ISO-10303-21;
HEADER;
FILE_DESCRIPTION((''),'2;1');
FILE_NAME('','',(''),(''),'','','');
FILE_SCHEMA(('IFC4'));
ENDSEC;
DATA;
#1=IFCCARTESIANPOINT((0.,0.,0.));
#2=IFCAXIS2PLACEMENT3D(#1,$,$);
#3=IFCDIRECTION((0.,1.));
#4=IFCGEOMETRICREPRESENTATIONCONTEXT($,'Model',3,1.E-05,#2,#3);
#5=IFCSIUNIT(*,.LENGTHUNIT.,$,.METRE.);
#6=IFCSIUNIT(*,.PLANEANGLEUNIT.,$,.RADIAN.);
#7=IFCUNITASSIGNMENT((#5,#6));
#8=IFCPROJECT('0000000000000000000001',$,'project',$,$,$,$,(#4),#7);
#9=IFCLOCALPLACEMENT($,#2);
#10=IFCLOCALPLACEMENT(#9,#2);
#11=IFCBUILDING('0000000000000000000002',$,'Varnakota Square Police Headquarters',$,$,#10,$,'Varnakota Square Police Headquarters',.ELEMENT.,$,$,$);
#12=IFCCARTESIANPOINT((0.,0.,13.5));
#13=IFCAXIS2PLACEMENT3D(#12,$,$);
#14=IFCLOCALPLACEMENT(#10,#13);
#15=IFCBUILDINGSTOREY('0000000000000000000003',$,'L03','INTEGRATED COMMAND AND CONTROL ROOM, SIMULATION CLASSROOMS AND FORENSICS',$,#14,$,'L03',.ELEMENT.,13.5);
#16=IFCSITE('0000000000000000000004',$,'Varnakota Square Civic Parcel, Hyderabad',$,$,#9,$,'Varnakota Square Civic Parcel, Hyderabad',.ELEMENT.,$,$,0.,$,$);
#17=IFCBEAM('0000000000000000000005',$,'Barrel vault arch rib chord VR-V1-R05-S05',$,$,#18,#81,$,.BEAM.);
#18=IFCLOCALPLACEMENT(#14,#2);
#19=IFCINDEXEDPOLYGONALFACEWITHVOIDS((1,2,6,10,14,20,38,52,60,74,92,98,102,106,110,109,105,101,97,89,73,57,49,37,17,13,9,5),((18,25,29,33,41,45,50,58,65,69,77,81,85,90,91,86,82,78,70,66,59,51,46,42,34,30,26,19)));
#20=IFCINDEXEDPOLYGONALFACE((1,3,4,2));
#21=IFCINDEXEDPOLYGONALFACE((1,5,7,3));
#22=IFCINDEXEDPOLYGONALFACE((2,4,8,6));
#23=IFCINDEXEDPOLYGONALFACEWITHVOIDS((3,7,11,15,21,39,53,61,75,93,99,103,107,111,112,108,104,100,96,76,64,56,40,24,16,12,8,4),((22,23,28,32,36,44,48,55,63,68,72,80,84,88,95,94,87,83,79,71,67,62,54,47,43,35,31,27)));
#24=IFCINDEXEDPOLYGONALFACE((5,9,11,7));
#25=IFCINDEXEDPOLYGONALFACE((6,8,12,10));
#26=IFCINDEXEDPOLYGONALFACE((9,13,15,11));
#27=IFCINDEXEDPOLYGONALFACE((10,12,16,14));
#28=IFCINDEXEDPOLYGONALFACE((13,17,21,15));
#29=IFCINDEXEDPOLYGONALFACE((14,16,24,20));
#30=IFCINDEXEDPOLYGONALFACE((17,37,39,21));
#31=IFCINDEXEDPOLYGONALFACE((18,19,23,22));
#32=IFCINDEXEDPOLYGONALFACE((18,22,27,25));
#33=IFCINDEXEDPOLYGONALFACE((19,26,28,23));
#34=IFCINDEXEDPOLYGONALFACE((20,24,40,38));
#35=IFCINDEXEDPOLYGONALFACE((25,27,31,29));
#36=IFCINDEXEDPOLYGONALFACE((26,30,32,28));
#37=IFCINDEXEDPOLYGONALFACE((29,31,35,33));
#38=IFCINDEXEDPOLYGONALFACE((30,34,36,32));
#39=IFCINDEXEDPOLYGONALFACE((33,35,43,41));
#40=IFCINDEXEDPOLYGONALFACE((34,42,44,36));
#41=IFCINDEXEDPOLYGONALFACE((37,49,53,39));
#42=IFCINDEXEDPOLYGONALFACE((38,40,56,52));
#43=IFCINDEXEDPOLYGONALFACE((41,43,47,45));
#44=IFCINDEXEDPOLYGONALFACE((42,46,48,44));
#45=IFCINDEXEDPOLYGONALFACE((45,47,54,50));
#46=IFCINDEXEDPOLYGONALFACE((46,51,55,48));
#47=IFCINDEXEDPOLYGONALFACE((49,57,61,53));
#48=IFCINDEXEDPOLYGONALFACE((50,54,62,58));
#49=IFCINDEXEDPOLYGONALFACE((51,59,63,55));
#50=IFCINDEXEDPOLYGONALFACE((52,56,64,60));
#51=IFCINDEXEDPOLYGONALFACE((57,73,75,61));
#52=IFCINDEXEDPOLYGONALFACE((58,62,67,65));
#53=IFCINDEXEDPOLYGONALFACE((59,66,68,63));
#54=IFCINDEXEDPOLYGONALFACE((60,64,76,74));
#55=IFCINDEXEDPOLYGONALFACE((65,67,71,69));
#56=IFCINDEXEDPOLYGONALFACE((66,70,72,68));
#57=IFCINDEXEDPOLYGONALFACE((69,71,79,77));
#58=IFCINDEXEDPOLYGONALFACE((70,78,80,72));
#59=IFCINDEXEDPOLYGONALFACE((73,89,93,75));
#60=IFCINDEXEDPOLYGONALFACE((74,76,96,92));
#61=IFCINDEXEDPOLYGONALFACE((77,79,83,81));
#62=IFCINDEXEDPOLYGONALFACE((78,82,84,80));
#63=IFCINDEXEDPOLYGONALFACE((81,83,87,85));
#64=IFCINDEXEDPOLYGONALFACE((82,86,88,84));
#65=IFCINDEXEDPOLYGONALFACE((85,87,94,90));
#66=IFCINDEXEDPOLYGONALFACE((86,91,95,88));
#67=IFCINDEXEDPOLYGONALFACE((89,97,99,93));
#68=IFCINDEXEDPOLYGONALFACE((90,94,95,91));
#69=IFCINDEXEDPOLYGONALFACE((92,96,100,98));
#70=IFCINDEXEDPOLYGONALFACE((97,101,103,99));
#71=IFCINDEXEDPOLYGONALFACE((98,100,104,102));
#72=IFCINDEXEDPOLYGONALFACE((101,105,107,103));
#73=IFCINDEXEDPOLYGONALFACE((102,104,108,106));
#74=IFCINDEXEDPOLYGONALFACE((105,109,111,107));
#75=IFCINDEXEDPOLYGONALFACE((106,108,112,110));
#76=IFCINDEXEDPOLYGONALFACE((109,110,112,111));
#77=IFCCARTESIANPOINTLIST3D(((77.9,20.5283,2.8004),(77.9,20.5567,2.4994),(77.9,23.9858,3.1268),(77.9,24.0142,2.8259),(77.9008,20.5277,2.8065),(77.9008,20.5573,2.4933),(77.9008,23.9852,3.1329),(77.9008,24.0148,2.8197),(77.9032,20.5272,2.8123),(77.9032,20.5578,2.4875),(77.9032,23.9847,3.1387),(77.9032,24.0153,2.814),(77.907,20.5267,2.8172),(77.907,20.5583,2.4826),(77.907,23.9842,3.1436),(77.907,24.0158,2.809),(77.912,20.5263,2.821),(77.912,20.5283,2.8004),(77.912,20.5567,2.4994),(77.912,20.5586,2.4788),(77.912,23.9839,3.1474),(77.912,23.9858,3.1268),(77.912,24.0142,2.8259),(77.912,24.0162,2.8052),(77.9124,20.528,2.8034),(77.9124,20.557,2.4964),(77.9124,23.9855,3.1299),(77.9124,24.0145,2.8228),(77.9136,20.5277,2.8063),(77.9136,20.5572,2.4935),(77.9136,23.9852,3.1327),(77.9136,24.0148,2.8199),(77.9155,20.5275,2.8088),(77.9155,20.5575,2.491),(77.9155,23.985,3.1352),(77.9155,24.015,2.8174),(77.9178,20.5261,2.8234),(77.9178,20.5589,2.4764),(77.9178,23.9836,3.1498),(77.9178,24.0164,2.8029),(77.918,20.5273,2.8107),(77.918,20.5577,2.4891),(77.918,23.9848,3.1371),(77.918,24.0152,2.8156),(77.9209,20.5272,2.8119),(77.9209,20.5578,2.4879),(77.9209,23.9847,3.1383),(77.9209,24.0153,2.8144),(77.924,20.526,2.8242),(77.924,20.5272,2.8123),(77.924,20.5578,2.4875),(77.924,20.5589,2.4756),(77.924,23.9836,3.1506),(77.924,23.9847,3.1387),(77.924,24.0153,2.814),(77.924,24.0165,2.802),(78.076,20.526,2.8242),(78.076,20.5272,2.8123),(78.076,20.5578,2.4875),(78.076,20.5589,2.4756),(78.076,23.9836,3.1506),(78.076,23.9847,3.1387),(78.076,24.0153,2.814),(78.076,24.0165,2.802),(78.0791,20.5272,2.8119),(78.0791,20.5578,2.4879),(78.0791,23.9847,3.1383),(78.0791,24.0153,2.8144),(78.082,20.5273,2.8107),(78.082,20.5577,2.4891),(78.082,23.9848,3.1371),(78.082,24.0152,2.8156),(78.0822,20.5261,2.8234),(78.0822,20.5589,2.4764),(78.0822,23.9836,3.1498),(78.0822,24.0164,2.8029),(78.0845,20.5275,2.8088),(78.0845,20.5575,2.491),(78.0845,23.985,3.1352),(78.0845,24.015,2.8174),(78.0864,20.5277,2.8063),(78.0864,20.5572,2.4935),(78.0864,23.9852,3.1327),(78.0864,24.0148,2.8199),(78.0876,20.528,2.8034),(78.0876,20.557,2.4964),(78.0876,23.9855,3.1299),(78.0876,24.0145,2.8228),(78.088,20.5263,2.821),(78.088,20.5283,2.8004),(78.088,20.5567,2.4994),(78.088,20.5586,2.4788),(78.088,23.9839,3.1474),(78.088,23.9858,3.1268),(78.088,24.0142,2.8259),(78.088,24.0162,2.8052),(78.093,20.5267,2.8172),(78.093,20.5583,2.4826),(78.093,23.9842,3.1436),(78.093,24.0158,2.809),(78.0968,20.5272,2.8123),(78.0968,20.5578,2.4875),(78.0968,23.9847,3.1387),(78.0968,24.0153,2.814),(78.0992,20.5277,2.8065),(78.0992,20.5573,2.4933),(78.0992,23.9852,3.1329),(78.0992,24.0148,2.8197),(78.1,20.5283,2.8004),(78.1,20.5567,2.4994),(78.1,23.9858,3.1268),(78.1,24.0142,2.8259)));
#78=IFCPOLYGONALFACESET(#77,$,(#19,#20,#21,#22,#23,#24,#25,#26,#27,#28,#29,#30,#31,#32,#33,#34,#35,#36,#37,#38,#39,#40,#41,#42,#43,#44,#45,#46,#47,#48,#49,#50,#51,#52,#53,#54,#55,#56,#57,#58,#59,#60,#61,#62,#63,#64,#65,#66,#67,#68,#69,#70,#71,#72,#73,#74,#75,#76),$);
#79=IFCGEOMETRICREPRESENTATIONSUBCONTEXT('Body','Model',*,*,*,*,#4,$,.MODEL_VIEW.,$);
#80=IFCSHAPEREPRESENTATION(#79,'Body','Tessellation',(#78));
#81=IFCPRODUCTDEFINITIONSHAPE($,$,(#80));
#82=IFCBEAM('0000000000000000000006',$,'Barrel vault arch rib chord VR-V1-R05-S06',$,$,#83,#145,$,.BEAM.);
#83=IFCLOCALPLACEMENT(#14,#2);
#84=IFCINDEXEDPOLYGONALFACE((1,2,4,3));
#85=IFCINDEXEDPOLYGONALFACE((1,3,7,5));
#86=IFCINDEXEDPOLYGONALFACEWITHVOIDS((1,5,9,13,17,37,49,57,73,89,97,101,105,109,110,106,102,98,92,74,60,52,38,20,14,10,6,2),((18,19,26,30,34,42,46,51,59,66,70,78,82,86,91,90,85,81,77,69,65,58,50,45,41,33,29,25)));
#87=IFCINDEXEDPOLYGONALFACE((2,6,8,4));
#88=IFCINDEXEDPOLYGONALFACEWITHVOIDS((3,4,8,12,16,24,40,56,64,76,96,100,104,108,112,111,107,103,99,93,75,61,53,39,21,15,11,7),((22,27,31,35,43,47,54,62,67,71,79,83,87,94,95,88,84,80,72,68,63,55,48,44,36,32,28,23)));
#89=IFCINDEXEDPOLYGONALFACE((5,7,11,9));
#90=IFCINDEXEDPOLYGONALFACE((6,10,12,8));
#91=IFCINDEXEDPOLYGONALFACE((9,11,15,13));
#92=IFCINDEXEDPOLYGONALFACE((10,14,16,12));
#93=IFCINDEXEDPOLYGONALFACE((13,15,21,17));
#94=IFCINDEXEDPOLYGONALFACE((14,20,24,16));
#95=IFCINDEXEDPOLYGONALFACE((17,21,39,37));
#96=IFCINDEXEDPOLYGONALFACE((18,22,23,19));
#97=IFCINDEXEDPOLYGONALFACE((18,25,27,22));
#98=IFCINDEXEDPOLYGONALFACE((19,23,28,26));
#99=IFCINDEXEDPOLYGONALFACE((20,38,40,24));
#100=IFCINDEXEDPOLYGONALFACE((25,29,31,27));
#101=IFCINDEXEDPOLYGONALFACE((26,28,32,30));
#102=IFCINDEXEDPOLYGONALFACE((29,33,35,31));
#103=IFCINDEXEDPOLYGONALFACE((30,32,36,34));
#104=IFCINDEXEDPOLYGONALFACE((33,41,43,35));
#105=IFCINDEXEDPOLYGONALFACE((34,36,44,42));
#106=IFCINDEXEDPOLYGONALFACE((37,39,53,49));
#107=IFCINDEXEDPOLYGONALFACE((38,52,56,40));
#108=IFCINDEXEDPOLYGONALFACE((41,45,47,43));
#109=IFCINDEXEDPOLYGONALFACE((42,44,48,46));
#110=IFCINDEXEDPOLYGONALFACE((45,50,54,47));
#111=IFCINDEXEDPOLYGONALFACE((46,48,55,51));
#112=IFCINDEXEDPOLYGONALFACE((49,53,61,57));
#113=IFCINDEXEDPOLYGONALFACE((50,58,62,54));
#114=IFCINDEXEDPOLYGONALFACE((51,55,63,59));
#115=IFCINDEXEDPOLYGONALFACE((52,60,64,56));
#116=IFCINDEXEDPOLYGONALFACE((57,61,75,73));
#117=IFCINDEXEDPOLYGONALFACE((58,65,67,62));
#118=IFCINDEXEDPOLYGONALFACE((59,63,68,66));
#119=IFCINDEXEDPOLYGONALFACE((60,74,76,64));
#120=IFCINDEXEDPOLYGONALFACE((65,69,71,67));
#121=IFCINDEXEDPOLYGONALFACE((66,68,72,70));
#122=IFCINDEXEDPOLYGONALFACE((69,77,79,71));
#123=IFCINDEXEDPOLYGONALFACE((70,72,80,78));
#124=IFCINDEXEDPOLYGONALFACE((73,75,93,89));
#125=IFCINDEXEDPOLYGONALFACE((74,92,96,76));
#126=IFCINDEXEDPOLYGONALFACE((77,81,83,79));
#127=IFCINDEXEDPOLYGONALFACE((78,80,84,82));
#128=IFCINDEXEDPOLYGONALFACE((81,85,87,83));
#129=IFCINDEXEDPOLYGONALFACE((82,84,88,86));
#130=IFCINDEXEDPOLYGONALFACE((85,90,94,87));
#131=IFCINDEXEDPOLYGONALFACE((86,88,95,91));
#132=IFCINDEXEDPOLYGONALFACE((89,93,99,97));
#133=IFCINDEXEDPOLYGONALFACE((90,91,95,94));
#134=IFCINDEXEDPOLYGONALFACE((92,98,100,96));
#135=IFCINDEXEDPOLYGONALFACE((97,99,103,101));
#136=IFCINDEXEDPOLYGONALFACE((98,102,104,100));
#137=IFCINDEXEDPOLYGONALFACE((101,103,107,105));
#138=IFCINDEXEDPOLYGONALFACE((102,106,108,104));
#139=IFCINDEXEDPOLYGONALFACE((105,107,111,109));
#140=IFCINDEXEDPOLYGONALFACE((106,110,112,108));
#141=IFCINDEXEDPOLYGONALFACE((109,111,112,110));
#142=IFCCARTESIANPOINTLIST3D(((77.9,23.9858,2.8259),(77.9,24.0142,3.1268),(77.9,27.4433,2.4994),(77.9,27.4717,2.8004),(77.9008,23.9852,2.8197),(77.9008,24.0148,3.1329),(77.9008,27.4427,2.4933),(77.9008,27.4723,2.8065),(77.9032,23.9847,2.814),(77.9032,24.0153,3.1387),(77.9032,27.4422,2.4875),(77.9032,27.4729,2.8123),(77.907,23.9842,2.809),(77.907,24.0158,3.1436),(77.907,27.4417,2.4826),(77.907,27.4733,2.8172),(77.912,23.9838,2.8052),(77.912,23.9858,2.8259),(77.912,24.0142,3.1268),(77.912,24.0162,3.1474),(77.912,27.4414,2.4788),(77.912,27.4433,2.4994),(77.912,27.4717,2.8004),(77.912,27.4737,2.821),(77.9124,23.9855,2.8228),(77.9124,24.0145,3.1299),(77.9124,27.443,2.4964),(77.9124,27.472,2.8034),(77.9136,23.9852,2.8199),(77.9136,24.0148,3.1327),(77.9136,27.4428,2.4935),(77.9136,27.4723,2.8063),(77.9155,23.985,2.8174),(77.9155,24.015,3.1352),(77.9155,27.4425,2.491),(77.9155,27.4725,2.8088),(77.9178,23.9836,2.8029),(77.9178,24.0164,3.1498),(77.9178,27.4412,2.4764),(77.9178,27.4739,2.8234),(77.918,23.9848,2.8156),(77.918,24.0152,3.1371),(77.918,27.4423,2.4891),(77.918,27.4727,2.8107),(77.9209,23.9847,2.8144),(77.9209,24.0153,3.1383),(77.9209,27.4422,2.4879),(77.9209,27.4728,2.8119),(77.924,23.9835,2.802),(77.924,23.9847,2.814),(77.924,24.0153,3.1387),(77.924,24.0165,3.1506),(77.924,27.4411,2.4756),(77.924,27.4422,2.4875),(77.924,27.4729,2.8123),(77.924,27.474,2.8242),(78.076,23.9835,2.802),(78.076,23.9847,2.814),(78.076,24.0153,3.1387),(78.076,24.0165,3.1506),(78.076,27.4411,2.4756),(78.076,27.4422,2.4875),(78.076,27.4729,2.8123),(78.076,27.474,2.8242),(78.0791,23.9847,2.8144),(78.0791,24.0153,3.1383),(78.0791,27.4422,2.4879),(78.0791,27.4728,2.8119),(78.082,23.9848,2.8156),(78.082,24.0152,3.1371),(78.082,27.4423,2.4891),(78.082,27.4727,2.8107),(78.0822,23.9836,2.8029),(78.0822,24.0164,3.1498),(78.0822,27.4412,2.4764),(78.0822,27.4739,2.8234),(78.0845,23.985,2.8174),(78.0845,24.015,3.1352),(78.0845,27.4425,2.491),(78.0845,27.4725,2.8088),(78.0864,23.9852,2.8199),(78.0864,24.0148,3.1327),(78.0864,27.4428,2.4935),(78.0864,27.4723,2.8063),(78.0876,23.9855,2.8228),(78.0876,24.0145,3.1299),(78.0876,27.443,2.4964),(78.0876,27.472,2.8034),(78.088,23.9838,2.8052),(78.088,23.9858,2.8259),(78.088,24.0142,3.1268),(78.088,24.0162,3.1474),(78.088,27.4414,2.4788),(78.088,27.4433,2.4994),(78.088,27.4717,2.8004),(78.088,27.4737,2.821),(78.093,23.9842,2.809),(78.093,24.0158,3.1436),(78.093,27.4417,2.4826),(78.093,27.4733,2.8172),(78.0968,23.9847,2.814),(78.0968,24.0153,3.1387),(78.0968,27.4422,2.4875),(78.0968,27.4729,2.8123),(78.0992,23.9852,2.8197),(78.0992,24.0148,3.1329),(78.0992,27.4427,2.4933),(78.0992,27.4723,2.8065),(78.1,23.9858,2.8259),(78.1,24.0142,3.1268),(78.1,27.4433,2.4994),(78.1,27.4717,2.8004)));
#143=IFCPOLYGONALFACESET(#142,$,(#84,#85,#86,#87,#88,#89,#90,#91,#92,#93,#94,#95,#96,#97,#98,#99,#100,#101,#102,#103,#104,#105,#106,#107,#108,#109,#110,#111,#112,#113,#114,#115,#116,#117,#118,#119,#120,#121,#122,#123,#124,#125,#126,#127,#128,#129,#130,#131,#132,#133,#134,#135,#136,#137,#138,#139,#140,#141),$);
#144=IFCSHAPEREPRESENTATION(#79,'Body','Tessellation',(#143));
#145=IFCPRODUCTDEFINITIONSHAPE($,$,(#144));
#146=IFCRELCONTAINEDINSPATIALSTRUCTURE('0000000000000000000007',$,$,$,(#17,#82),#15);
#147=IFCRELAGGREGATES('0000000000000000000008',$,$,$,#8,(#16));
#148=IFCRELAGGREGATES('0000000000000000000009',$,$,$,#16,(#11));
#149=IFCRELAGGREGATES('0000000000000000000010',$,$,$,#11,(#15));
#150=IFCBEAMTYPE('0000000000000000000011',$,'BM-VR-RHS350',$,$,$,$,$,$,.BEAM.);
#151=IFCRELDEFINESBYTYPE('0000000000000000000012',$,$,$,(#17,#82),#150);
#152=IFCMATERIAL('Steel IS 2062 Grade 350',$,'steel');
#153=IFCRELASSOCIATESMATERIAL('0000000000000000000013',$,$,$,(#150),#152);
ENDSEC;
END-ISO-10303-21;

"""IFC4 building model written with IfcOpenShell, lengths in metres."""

from ifc_helpers import new_model, si_unit, direction, frame, origin, origin_2d, place, context, subcontext, project, spatial, hollow_rectangle, extrude, material, material_profile, profile_set, type_object, element, save


model = new_model("IFC4")

# Units and contexts
model_context = context("Model", 3, precision=1e-05, world=origin(), true_north=direction((0.0, 1.0)))
body_context = subcontext(model_context, "Body", "Model", "MODEL_VIEW")
ifc_project = project(units=[si_unit("LENGTHUNIT", "METRE"), si_unit("PLANEANGLEUNIT", "RADIAN")], contexts=[model_context])

# Site, building, storey
site_placement = place(None, origin())
site = spatial("IfcSite", under=ifc_project, at=site_placement, Name="Varnakota Square Civic Parcel, Hyderabad", LongName="Varnakota Square Civic Parcel, Hyderabad", CompositionType="ELEMENT", RefElevation=0.0)
building_placement = place(site_placement, origin())
building = spatial("IfcBuilding", under=site, at=building_placement, Name="Varnakota Square Police Headquarters", LongName="Varnakota Square Police Headquarters", CompositionType="ELEMENT")
storey_placement = place(building_placement, frame((0.0, 0.0, 13.5)))
storey = spatial("IfcBuildingStorey", under=building, at=storey_placement, Name="L03", Description="INTEGRATED COMMAND AND CONTROL ROOM, SIMULATION CLASSROOMS AND FORENSICS", LongName="L03", CompositionType="ELEMENT", Elevation=13.5)

# Beams
ifc_material_1 = material(Name="Steel IS 2062 Grade 350", Category="steel")
ifc_material_profile_1 = material_profile(ifc_material_1, hollow_rectangle(XDim=0.2, YDim=0.3501, WallThickness=0.012, InnerFilletRadius=0.012, OuterFilletRadius=0.0239, at=origin_2d()), Name="RHS 350x200x12")
ifc_profile_set_1 = profile_set([ifc_material_profile_1], Name="Steel IS 2062 Grade 350")
beam_type = type_object("IfcBeamType", Name="BM-VR-RHS350", PredefinedType="BEAM", material=ifc_profile_set_1)
for number, where, z_axis, x_axis, name in (
    (1, (78.0, 20.5425, 2.6499), (0.0, 0.995573, 0.09399), (-1.0, 0.0, 0.0), "Barrel vault arch rib chord VR-V1-R05-S05"),
    (2, (78.0, 24.0, 2.9763), (0.0, 0.995573, -0.09399), (-1.0, 0.0, 0.0), "Barrel vault arch rib chord VR-V1-R05-S06"),
):
    element("IfcBeam", number, at=place(storey_placement, frame(where, z_axis=z_axis, x_axis=x_axis)), inside=storey, type_object=beam_type, Name=name, PredefinedType="BEAM", context=body_context, shape_type="SweptSolid", body=[
        extrude(hollow_rectangle(XDim=0.2, YDim=0.3501, WallThickness=0.012, InnerFilletRadius=0.012, OuterFilletRadius=0.0239, at=origin_2d()), origin(), (0.0, 0.0, 1.0), 3.4729),
    ])

save(model, "model.ifc")
